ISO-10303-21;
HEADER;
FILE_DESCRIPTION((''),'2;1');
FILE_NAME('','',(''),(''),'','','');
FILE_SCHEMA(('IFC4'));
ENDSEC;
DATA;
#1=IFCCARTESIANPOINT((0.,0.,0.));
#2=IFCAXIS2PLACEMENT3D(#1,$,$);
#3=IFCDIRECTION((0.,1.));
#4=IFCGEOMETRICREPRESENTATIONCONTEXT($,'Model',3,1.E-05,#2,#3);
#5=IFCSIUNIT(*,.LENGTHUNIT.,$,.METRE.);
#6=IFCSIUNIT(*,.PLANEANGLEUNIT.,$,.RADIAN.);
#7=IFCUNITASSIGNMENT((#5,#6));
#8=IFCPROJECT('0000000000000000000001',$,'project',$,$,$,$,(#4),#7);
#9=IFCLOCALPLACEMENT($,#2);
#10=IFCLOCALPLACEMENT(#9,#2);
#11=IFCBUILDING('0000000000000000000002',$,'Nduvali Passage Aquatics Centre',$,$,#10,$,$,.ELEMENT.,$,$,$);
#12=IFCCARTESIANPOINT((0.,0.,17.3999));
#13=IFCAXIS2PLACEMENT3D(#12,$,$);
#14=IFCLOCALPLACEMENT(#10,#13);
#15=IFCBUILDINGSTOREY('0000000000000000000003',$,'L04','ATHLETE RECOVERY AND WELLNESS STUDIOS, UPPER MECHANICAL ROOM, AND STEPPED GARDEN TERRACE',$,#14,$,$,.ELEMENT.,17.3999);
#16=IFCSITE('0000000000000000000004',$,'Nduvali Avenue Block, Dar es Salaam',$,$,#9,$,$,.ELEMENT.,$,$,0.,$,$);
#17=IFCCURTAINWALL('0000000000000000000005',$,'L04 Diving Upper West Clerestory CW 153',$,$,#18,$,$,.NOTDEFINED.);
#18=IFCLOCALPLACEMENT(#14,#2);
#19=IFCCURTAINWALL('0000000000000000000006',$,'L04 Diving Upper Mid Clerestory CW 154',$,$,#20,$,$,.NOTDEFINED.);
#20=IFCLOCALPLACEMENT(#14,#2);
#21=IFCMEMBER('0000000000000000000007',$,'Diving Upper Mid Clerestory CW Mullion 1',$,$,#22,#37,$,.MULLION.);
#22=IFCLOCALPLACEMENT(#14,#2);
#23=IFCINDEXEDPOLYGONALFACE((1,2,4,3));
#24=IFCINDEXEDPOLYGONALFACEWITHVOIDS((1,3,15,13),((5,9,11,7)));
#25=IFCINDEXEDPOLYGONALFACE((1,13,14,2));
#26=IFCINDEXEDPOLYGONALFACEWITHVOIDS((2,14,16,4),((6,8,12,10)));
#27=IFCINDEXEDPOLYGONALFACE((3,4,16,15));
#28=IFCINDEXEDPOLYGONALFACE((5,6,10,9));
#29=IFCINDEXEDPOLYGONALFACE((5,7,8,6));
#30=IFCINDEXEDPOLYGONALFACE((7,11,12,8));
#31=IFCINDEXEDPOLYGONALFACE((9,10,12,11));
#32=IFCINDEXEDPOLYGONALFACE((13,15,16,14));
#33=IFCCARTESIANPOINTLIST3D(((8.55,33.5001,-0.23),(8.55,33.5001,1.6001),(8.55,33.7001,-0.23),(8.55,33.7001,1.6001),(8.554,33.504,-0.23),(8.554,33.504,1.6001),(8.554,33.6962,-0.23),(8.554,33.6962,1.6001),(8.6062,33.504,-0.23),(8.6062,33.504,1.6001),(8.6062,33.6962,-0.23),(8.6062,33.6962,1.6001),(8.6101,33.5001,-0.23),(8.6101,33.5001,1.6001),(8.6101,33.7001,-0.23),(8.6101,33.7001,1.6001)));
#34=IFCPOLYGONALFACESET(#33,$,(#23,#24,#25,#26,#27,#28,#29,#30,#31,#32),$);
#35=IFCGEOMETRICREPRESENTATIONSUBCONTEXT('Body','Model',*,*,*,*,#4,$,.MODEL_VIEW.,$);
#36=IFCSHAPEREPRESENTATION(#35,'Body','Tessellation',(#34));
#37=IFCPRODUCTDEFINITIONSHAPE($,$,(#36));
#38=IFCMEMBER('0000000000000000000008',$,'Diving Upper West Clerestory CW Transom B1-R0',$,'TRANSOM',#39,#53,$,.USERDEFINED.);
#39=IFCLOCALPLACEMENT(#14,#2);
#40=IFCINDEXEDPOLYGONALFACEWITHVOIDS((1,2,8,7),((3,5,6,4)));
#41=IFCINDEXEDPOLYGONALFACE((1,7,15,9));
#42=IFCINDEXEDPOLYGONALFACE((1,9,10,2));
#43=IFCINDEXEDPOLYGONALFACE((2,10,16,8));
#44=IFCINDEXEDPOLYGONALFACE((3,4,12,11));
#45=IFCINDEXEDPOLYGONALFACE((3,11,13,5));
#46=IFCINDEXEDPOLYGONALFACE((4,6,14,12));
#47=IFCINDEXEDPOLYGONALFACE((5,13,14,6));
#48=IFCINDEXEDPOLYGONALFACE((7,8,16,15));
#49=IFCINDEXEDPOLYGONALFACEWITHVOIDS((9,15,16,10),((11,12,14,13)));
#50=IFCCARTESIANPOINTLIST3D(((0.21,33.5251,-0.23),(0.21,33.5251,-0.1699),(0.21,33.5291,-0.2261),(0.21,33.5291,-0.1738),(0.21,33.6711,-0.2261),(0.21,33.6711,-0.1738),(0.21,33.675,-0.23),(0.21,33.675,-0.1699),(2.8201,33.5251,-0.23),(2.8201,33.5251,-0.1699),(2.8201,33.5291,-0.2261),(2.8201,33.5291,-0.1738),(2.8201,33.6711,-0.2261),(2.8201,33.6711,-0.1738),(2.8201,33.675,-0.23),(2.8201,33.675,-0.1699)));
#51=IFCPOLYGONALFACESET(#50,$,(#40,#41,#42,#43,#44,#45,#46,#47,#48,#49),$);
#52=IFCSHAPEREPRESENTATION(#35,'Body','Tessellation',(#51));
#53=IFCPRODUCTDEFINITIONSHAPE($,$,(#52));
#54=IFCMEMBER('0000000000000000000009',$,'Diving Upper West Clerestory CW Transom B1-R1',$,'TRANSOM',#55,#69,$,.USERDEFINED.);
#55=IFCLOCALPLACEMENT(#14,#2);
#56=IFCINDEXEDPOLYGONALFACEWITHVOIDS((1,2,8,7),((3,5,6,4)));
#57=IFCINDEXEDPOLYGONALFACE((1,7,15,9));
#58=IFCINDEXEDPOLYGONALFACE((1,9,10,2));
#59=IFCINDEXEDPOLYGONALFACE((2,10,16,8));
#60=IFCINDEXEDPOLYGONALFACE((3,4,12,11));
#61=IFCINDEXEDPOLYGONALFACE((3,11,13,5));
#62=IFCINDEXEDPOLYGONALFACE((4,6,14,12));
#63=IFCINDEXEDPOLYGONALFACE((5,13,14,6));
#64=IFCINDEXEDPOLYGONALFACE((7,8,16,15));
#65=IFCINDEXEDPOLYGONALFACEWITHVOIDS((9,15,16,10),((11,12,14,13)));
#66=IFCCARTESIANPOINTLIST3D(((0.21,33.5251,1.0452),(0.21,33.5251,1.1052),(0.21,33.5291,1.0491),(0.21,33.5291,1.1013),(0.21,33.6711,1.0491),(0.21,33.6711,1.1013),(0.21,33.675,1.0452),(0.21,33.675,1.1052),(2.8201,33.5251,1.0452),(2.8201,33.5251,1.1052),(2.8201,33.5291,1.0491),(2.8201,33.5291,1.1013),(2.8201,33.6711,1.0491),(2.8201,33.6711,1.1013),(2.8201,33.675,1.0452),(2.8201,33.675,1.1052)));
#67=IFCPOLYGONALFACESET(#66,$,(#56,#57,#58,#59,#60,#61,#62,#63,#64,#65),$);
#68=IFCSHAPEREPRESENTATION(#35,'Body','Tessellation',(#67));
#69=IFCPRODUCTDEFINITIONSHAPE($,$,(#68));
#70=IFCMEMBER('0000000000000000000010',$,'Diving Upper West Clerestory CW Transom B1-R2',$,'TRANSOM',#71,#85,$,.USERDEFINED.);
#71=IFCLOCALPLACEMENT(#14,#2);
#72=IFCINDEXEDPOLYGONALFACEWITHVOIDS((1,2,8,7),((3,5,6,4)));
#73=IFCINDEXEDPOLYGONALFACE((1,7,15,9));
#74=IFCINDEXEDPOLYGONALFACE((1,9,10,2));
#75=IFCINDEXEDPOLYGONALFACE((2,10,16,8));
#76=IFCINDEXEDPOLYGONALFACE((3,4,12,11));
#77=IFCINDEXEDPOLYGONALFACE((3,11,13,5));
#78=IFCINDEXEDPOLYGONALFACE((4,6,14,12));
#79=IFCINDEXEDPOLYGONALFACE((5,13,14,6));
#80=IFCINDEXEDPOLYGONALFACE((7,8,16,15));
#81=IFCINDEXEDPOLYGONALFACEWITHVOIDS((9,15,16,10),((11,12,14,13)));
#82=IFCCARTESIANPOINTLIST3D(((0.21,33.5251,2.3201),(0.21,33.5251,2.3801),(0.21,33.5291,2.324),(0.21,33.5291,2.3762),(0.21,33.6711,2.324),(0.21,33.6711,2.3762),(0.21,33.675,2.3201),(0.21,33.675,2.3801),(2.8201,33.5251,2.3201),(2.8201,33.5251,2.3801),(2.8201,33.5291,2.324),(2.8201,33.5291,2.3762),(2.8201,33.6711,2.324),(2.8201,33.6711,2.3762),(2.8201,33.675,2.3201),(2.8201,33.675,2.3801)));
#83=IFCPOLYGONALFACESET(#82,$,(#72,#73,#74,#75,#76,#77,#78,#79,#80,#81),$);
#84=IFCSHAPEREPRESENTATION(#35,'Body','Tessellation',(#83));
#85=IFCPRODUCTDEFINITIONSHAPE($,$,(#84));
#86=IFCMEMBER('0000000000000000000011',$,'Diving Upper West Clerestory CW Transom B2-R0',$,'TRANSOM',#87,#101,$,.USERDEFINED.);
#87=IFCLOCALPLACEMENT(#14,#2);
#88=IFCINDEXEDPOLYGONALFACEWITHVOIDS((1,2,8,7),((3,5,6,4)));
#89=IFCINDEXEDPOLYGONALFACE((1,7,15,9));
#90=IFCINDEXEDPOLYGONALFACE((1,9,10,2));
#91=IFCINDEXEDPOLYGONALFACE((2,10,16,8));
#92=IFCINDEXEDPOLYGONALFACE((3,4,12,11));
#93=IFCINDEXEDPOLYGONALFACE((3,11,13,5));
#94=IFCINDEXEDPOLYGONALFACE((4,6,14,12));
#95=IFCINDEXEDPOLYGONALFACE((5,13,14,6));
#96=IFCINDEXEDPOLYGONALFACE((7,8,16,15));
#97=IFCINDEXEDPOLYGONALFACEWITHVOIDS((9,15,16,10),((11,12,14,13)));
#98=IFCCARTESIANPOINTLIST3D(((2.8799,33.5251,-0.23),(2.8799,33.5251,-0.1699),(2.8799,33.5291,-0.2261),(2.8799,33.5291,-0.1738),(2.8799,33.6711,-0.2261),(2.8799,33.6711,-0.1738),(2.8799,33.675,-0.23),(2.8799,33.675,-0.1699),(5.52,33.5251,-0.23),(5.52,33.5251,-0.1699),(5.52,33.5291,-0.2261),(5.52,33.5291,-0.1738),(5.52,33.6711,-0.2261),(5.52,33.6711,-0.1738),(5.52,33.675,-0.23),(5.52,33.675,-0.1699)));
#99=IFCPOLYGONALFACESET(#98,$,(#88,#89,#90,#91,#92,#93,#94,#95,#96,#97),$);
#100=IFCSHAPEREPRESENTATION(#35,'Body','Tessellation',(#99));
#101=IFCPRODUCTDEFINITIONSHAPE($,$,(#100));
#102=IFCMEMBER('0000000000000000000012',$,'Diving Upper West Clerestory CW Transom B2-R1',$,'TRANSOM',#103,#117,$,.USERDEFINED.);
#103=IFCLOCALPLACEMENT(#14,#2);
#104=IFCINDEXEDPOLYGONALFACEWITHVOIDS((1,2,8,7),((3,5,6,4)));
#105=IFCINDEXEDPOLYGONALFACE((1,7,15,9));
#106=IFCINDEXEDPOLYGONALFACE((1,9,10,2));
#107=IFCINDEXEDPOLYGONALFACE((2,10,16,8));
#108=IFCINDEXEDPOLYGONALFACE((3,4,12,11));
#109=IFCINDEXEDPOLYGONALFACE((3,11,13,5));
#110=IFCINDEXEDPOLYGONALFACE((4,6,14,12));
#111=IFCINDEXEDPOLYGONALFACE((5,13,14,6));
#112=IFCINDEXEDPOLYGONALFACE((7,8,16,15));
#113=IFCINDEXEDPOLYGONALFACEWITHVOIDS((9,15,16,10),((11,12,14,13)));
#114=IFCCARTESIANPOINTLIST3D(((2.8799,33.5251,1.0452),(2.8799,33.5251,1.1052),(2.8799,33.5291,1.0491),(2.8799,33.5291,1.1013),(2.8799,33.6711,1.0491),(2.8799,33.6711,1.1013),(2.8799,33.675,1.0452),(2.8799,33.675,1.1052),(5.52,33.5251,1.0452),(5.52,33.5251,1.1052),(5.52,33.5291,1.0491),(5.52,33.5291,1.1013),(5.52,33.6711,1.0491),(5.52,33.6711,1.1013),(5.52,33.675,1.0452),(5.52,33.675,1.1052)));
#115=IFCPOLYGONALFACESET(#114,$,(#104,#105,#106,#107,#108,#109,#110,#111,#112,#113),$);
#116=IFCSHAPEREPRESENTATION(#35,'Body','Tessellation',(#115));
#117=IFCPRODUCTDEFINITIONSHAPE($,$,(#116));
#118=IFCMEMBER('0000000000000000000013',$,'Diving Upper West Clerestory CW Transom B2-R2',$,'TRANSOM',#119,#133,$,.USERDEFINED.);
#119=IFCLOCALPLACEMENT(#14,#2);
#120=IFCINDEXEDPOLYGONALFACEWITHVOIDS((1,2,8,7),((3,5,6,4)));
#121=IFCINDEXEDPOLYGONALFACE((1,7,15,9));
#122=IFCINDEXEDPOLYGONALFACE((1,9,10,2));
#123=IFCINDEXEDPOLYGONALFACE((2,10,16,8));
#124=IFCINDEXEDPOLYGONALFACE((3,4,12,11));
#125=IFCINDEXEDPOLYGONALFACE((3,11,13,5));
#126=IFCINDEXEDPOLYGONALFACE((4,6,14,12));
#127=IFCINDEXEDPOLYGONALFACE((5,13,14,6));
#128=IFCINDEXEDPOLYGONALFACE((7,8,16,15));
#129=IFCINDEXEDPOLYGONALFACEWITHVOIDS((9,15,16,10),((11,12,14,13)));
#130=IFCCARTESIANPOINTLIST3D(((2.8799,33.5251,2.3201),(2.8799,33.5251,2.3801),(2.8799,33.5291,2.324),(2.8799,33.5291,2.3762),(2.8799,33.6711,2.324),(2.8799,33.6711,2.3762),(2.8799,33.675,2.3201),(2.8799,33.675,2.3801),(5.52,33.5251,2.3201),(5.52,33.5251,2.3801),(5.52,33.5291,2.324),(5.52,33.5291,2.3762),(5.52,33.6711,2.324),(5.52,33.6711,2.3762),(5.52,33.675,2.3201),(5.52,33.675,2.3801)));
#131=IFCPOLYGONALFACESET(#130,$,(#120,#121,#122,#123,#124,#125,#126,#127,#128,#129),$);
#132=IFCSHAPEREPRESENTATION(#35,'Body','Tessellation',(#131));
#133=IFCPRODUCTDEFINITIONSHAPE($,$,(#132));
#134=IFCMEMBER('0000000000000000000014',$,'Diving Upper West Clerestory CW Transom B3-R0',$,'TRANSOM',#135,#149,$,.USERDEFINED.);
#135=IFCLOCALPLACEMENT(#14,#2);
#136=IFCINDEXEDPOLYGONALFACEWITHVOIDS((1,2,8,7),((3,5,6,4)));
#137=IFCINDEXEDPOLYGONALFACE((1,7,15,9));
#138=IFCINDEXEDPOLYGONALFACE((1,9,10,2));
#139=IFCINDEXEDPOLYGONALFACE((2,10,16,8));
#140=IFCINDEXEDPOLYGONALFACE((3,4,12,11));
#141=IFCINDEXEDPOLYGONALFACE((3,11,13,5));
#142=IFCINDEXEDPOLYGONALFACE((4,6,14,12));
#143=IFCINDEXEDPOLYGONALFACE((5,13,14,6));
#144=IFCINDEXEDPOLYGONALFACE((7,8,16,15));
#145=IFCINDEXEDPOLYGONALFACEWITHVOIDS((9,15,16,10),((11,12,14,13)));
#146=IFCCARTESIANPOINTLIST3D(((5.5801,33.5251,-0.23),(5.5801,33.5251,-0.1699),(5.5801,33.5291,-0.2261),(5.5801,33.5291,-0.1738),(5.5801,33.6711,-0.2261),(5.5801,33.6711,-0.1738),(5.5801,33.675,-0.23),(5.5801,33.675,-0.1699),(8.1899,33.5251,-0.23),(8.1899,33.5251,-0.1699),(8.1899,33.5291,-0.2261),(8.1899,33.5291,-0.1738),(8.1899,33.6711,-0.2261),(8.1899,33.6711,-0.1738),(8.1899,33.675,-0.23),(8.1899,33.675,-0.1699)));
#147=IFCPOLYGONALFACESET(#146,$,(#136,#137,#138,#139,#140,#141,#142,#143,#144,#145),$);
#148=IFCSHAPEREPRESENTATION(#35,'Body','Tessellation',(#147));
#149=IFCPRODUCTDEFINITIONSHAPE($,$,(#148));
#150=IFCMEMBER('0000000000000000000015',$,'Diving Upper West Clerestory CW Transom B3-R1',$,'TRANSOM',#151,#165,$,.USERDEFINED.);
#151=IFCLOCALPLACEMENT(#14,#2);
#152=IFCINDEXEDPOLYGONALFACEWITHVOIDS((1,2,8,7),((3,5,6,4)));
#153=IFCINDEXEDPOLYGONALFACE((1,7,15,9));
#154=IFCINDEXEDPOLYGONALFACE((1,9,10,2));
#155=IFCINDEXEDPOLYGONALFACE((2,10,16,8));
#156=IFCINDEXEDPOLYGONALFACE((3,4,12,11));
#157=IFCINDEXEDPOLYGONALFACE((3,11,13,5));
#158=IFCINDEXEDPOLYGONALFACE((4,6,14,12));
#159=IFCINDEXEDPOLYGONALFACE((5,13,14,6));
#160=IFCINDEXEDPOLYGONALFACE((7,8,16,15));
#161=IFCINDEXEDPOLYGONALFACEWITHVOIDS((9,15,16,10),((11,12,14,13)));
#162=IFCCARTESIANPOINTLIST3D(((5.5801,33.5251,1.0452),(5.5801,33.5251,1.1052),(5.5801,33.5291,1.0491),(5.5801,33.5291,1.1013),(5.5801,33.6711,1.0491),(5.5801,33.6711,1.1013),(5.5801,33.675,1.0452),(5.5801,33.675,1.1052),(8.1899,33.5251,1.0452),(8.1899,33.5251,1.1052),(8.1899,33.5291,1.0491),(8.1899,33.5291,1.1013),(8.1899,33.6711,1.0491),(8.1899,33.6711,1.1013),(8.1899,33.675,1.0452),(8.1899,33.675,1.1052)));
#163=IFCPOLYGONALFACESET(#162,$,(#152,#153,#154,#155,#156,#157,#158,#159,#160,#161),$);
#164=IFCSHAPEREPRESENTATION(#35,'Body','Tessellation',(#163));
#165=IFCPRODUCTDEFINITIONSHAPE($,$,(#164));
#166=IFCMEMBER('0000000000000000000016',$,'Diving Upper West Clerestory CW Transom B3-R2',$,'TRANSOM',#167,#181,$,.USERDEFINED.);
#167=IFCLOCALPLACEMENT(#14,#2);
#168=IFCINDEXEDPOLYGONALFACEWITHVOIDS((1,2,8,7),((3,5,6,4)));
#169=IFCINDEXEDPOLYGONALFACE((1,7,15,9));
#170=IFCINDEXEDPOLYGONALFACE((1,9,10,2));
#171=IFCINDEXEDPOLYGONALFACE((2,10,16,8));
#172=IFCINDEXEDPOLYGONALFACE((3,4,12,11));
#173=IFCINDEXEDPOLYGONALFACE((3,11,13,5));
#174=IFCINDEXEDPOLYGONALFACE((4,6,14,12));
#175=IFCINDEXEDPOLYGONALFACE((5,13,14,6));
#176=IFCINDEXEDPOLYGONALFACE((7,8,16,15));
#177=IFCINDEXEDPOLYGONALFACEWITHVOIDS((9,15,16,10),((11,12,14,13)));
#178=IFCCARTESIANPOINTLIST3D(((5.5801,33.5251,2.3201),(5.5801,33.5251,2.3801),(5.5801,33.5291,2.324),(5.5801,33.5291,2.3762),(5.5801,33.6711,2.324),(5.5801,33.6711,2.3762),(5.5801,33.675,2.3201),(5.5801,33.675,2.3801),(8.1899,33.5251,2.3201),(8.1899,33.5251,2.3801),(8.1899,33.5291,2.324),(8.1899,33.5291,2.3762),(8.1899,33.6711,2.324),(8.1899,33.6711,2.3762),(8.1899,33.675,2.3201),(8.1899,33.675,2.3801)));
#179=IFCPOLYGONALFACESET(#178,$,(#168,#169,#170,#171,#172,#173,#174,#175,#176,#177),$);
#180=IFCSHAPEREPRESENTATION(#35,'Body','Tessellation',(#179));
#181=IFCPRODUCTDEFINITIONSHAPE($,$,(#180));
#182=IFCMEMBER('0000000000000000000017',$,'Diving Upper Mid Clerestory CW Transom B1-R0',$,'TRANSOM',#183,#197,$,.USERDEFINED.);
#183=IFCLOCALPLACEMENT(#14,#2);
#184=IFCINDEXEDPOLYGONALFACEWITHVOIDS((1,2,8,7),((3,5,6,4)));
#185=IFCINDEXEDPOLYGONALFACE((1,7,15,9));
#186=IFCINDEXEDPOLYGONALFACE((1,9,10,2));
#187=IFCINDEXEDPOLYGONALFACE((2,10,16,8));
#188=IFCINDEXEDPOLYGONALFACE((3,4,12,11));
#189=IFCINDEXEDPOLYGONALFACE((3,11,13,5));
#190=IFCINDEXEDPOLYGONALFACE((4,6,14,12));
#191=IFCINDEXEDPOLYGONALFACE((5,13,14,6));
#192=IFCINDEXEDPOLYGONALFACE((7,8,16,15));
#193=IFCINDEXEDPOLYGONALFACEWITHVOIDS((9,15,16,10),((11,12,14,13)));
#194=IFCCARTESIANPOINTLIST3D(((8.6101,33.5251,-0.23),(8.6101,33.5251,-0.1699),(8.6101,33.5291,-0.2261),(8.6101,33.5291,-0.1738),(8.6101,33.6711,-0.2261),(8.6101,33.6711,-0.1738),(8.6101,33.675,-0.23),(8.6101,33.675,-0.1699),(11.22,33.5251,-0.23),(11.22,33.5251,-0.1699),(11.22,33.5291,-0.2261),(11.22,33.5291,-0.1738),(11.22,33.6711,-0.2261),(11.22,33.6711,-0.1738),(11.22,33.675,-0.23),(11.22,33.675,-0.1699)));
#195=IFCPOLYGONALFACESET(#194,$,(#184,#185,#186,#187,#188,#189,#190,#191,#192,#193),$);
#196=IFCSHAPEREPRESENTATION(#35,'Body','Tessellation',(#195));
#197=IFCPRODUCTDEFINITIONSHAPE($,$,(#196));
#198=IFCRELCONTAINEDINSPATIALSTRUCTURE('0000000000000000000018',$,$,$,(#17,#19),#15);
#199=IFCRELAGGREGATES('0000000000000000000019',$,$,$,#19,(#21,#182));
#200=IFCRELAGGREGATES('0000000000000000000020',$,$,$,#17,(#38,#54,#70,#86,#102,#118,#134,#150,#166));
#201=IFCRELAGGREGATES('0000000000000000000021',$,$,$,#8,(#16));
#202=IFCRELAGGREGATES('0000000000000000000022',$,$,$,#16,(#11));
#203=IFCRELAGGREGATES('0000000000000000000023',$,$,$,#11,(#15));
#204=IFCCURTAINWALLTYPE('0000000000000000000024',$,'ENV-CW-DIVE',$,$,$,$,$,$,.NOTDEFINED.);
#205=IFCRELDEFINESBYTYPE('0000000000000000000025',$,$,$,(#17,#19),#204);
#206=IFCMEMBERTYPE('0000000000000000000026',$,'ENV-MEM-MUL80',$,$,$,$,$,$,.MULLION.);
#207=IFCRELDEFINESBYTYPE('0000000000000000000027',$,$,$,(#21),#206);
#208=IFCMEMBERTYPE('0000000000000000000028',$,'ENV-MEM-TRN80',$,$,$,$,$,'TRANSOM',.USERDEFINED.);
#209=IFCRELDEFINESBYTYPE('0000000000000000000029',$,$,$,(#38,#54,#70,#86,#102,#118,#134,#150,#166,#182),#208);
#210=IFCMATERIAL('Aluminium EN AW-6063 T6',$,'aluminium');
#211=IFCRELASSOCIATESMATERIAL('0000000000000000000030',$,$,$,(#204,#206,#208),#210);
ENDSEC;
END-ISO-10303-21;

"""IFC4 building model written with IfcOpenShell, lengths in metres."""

from ifc_helpers import new_model, si_unit, direction, frame, origin, origin_2d, place, context, subcontext, project, spatial, hollow_rectangle, extrude, material, material_profile, profile_set, type_object, element, aggregate, save


model = new_model("IFC4")

# Units and contexts
model_context = context("Model", 3, precision=1e-05, world=origin(), true_north=direction((0.0, 1.0)))
body_context = subcontext(model_context, "Body", "Model", "MODEL_VIEW")
ifc_project = project(units=[si_unit("LENGTHUNIT", "METRE"), si_unit("PLANEANGLEUNIT", "RADIAN")], contexts=[model_context])

# Site, building, storey
site_placement = place(None, origin())
site = spatial("IfcSite", under=ifc_project, at=site_placement, Name="Nduvali Avenue Block, Dar es Salaam", CompositionType="ELEMENT", RefElevation=0.0)
building_placement = place(site_placement, origin())
building = spatial("IfcBuilding", under=site, at=building_placement, Name="Nduvali Passage Aquatics Centre", CompositionType="ELEMENT")
storey_placement = place(building_placement, frame((0.0, 0.0, 17.3999)))
storey = spatial("IfcBuildingStorey", under=building, at=storey_placement, Name="L04", Description="ATHLETE RECOVERY AND WELLNESS STUDIOS, UPPER MECHANICAL ROOM, AND STEPPED GARDEN TERRACE", CompositionType="ELEMENT", Elevation=17.3999)

# Curtain wall
ifc_material_1 = material(Name="Aluminium EN AW-6063 T6", Category="aluminium")
curtain_wall_type = type_object("IfcCurtainWallType", Name="ENV-CW-DIVE", PredefinedType="NOTDEFINED", material=ifc_material_1)
curtain_wall_1_placement = place(storey_placement, origin())
curtain_wall_1 = element("IfcCurtainWall", 1, at=curtain_wall_1_placement, inside=storey, type_object=curtain_wall_type, Name="L04 Diving Upper West Clerestory CW 153", PredefinedType="NOTDEFINED")
ifc_material_profile_1 = material_profile(ifc_material_1, hollow_rectangle(XDim=0.0601, YDim=0.2, WallThickness=0.0039, at=origin_2d()), Name="ALU MULLION 60x200x4")
ifc_profile_set_1 = profile_set([ifc_material_profile_1], Name="Aluminium EN AW-6063 T6")
member_type_1 = type_object("IfcMemberType", Name="ENV-MEM-MUL80", PredefinedType="MULLION", material=ifc_profile_set_1)

# Curtain wall, member
curtain_wall_2_placement = place(storey_placement, origin())
curtain_wall_2 = element("IfcCurtainWall", 2, at=curtain_wall_2_placement, inside=storey, type_object=curtain_wall_type, Name="L04 Diving Upper Mid Clerestory CW 154", PredefinedType="NOTDEFINED")
member_1_placement = place(storey_placement, frame((8.5801, 33.6001, -0.23), z_axis=(0.0, 0.0, 1.0), x_axis=(1.0, 0.0, 0.0)))
member_1 = element("IfcMember", 3, at=member_1_placement, type_object=member_type_1, Name="Diving Upper Mid Clerestory CW Mullion 1", PredefinedType="MULLION", context=body_context, shape_type="SweptSolid", body=[
    extrude(hollow_rectangle(XDim=0.0601, YDim=0.2, WallThickness=0.0039, at=origin_2d()), origin(), (0.0, 0.0, 1.0), 1.8301),
])

# Members
ifc_material_profile_2 = material_profile(ifc_material_1, hollow_rectangle(XDim=0.1499, YDim=0.0601, WallThickness=0.0039, at=origin_2d()), Name="ALU TRANSOM 150x60x4")
ifc_profile_set_2 = profile_set([ifc_material_profile_2], Name="Aluminium EN AW-6063 T6")
member_type_2 = type_object("IfcMemberType", Name="ENV-MEM-TRN80", ElementType="TRANSOM", PredefinedType="USERDEFINED", material=ifc_profile_set_2)
member_2_placement = place(storey_placement, frame((0.21, 33.6001, -0.2), z_axis=(1.0, 0.0, 0.0), x_axis=(0.0, 1.0, 0.0)))
member_2 = element("IfcMember", 4, at=member_2_placement, type_object=member_type_2, Name="Diving Upper West Clerestory CW Transom B1-R0", ObjectType="TRANSOM", PredefinedType="USERDEFINED", context=body_context, shape_type="SweptSolid", body=[
    extrude(hollow_rectangle(XDim=0.1499, YDim=0.0601, WallThickness=0.0039, at=origin_2d()), origin(), (0.0, 0.0, 1.0), 2.6101),
])
member_3_placement = place(storey_placement, frame((0.21, 33.6001, 1.0752), z_axis=(1.0, 0.0, 0.0), x_axis=(0.0, 1.0, 0.0)))
member_3 = element("IfcMember", 5, at=member_3_placement, type_object=member_type_2, Name="Diving Upper West Clerestory CW Transom B1-R1", ObjectType="TRANSOM", PredefinedType="USERDEFINED", context=body_context, shape_type="SweptSolid", body=[
    extrude(hollow_rectangle(XDim=0.1499, YDim=0.0601, WallThickness=0.0039, at=origin_2d()), origin(), (0.0, 0.0, 1.0), 2.6101),
])
member_4_placement = place(storey_placement, frame((0.21, 33.6001, 2.3501), z_axis=(1.0, 0.0, 0.0), x_axis=(0.0, 1.0, 0.0)))
member_4 = element("IfcMember", 6, at=member_4_placement, type_object=member_type_2, Name="Diving Upper West Clerestory CW Transom B1-R2", ObjectType="TRANSOM", PredefinedType="USERDEFINED", context=body_context, shape_type="SweptSolid", body=[
    extrude(hollow_rectangle(XDim=0.1499, YDim=0.0601, WallThickness=0.0039, at=origin_2d()), origin(), (0.0, 0.0, 1.0), 2.6101),
])
member_5_placement = place(storey_placement, frame((2.8799, 33.6001, -0.2), z_axis=(1.0, 0.0, 0.0), x_axis=(0.0, 1.0, 0.0)))
member_5 = element("IfcMember", 7, at=member_5_placement, type_object=member_type_2, Name="Diving Upper West Clerestory CW Transom B2-R0", ObjectType="TRANSOM", PredefinedType="USERDEFINED", context=body_context, shape_type="SweptSolid", body=[
    extrude(hollow_rectangle(XDim=0.1499, YDim=0.0601, WallThickness=0.0039, at=origin_2d()), origin(), (0.0, 0.0, 1.0), 2.6401),
])
member_6_placement = place(storey_placement, frame((2.8799, 33.6001, 1.0752), z_axis=(1.0, 0.0, 0.0), x_axis=(0.0, 1.0, 0.0)))
member_6 = element("IfcMember", 8, at=member_6_placement, type_object=member_type_2, Name="Diving Upper West Clerestory CW Transom B2-R1", ObjectType="TRANSOM", PredefinedType="USERDEFINED", context=body_context, shape_type="SweptSolid", body=[
    extrude(hollow_rectangle(XDim=0.1499, YDim=0.0601, WallThickness=0.0039, at=origin_2d()), origin(), (0.0, 0.0, 1.0), 2.6401),
])
member_7_placement = place(storey_placement, frame((2.8799, 33.6001, 2.3501), z_axis=(1.0, 0.0, 0.0), x_axis=(0.0, 1.0, 0.0)))
member_7 = element("IfcMember", 9, at=member_7_placement, type_object=member_type_2, Name="Diving Upper West Clerestory CW Transom B2-R2", ObjectType="TRANSOM", PredefinedType="USERDEFINED", context=body_context, shape_type="SweptSolid", body=[
    extrude(hollow_rectangle(XDim=0.1499, YDim=0.0601, WallThickness=0.0039, at=origin_2d()), origin(), (0.0, 0.0, 1.0), 2.6401),
])
member_8_placement = place(storey_placement, frame((5.5801, 33.6001, -0.2), z_axis=(1.0, 0.0, 0.0), x_axis=(0.0, 1.0, 0.0)))
member_8 = element("IfcMember", 10, at=member_8_placement, type_object=member_type_2, Name="Diving Upper West Clerestory CW Transom B3-R0", ObjectType="TRANSOM", PredefinedType="USERDEFINED", context=body_context, shape_type="SweptSolid", body=[
    extrude(hollow_rectangle(XDim=0.1499, YDim=0.0601, WallThickness=0.0039, at=origin_2d()), origin(), (0.0, 0.0, 1.0), 2.6099),
])
member_9_placement = place(storey_placement, frame((5.5801, 33.6001, 1.0752), z_axis=(1.0, 0.0, 0.0), x_axis=(0.0, 1.0, 0.0)))
member_9 = element("IfcMember", 11, at=member_9_placement, type_object=member_type_2, Name="Diving Upper West Clerestory CW Transom B3-R1", ObjectType="TRANSOM", PredefinedType="USERDEFINED", context=body_context, shape_type="SweptSolid", body=[
    extrude(hollow_rectangle(XDim=0.1499, YDim=0.0601, WallThickness=0.0039, at=origin_2d()), origin(), (0.0, 0.0, 1.0), 2.6099),
])
member_10_placement = place(storey_placement, frame((5.5801, 33.6001, 2.3501), z_axis=(1.0, 0.0, 0.0), x_axis=(0.0, 1.0, 0.0)))
member_10 = element("IfcMember", 12, at=member_10_placement, type_object=member_type_2, Name="Diving Upper West Clerestory CW Transom B3-R2", ObjectType="TRANSOM", PredefinedType="USERDEFINED", context=body_context, shape_type="SweptSolid", body=[
    extrude(hollow_rectangle(XDim=0.1499, YDim=0.0601, WallThickness=0.0039, at=origin_2d()), origin(), (0.0, 0.0, 1.0), 2.6099),
])
member_11_placement = place(storey_placement, frame((8.6101, 33.6001, -0.2), z_axis=(1.0, 0.0, 0.0), x_axis=(0.0, 1.0, 0.0)))
member_11 = element("IfcMember", 13, at=member_11_placement, type_object=member_type_2, Name="Diving Upper Mid Clerestory CW Transom B1-R0", ObjectType="TRANSOM", PredefinedType="USERDEFINED", context=body_context, shape_type="SweptSolid", body=[
    extrude(hollow_rectangle(XDim=0.1499, YDim=0.0601, WallThickness=0.0039, at=origin_2d()), origin(), (0.0, 0.0, 1.0), 2.6099),
])
aggregate(curtain_wall_2, [member_1, member_11])

aggregate(curtain_wall_1, [member_2, member_3, member_4, member_5, member_6, member_7, member_8, member_9, member_10])

save(model, "model.ifc")
